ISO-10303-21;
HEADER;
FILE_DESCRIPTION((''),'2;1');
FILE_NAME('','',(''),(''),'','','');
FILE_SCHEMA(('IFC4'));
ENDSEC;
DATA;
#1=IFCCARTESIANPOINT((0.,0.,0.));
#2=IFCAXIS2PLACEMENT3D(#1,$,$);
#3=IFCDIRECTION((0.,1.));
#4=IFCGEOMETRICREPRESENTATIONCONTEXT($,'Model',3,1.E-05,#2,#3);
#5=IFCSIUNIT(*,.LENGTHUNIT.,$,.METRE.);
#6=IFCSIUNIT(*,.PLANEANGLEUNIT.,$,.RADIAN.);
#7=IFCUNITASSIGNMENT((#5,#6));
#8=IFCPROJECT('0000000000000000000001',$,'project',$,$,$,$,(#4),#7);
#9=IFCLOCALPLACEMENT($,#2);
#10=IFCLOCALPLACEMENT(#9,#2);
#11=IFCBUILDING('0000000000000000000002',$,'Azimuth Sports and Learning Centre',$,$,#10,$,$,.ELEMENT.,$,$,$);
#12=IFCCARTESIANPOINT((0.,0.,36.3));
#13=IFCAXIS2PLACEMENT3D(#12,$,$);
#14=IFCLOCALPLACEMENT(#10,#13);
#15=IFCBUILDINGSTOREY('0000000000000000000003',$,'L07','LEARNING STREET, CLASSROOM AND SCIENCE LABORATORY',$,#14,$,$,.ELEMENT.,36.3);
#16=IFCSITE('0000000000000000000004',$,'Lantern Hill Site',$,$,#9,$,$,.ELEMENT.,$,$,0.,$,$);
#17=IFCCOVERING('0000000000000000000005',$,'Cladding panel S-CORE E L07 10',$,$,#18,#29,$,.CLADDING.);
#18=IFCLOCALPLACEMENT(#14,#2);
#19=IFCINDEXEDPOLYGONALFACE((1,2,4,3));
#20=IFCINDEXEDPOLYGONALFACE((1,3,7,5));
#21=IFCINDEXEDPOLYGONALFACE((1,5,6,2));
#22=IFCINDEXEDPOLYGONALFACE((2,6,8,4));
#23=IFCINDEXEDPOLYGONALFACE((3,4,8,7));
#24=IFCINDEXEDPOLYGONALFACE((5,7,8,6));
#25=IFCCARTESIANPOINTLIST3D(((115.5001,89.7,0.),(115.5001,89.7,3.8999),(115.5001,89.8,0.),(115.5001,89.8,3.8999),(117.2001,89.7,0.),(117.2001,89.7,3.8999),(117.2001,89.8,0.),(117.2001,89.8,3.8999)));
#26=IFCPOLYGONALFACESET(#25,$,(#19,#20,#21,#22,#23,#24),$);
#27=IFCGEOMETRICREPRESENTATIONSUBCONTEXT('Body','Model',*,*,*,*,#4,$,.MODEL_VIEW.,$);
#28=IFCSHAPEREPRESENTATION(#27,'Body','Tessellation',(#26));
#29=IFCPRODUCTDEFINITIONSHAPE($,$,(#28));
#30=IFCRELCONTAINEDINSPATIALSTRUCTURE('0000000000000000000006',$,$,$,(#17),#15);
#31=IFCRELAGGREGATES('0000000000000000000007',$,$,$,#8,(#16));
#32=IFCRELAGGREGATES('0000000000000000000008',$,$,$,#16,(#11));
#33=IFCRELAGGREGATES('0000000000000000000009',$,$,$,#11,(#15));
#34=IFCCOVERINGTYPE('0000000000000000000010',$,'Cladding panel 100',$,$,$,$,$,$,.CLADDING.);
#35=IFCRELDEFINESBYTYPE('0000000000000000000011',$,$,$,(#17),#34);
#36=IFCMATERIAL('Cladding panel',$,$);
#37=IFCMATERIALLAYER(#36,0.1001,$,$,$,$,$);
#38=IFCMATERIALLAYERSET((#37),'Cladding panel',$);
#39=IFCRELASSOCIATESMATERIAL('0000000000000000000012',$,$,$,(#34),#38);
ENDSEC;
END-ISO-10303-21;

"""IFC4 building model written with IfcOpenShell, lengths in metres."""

from ifc_helpers import new_model, si_unit, direction, frame, origin, origin_2d, place, context, subcontext, project, spatial, rectangle, extrude, material, layer, layer_set, type_object, element, save


model = new_model("IFC4")

# Units and contexts
model_context = context("Model", 3, precision=1e-05, world=origin(), true_north=direction((0.0, 1.0)))
body_context = subcontext(model_context, "Body", "Model", "MODEL_VIEW")
ifc_project = project(units=[si_unit("LENGTHUNIT", "METRE"), si_unit("PLANEANGLEUNIT", "RADIAN")], contexts=[model_context])

# Site, building, storey
site_placement = place(None, origin())
site = spatial("IfcSite", under=ifc_project, at=site_placement, Name="Lantern Hill Site", CompositionType="ELEMENT", RefElevation=0.0)
building_placement = place(site_placement, origin())
building = spatial("IfcBuilding", under=site, at=building_placement, Name="Azimuth Sports and Learning Centre", CompositionType="ELEMENT")
storey_placement = place(building_placement, frame((0.0, 0.0, 36.3)))
storey = spatial("IfcBuildingStorey", under=building, at=storey_placement, Name="L07", Description="LEARNING STREET, CLASSROOM AND SCIENCE LABORATORY", CompositionType="ELEMENT", Elevation=36.3)

# Covering
ifc_material_1 = material(Name="Cladding panel")
ifc_layer_1 = layer(ifc_material_1, 0.1001)
ifc_layer_set_1 = layer_set([ifc_layer_1], Name="Cladding panel")
covering_type = type_object("IfcCoveringType", Name="Cladding panel 100", PredefinedType="CLADDING", material=ifc_layer_set_1)
covering_1_placement = place(storey_placement, frame((116.3501, 89.75, 0.0), z_axis=(0.0, 0.0, 1.0), x_axis=(1.0, 0.0, 0.0)))
element("IfcCovering", 1, at=covering_1_placement, inside=storey, type_object=covering_type, Name="Cladding panel S-CORE E L07 10", PredefinedType="CLADDING", context=body_context, shape_type="SweptSolid", body=[
    extrude(rectangle(XDim=1.7, YDim=0.1001, at=origin_2d()), origin(), (0.0, 0.0, 1.0), 3.8999),
])

save(model, "model.ifc")
